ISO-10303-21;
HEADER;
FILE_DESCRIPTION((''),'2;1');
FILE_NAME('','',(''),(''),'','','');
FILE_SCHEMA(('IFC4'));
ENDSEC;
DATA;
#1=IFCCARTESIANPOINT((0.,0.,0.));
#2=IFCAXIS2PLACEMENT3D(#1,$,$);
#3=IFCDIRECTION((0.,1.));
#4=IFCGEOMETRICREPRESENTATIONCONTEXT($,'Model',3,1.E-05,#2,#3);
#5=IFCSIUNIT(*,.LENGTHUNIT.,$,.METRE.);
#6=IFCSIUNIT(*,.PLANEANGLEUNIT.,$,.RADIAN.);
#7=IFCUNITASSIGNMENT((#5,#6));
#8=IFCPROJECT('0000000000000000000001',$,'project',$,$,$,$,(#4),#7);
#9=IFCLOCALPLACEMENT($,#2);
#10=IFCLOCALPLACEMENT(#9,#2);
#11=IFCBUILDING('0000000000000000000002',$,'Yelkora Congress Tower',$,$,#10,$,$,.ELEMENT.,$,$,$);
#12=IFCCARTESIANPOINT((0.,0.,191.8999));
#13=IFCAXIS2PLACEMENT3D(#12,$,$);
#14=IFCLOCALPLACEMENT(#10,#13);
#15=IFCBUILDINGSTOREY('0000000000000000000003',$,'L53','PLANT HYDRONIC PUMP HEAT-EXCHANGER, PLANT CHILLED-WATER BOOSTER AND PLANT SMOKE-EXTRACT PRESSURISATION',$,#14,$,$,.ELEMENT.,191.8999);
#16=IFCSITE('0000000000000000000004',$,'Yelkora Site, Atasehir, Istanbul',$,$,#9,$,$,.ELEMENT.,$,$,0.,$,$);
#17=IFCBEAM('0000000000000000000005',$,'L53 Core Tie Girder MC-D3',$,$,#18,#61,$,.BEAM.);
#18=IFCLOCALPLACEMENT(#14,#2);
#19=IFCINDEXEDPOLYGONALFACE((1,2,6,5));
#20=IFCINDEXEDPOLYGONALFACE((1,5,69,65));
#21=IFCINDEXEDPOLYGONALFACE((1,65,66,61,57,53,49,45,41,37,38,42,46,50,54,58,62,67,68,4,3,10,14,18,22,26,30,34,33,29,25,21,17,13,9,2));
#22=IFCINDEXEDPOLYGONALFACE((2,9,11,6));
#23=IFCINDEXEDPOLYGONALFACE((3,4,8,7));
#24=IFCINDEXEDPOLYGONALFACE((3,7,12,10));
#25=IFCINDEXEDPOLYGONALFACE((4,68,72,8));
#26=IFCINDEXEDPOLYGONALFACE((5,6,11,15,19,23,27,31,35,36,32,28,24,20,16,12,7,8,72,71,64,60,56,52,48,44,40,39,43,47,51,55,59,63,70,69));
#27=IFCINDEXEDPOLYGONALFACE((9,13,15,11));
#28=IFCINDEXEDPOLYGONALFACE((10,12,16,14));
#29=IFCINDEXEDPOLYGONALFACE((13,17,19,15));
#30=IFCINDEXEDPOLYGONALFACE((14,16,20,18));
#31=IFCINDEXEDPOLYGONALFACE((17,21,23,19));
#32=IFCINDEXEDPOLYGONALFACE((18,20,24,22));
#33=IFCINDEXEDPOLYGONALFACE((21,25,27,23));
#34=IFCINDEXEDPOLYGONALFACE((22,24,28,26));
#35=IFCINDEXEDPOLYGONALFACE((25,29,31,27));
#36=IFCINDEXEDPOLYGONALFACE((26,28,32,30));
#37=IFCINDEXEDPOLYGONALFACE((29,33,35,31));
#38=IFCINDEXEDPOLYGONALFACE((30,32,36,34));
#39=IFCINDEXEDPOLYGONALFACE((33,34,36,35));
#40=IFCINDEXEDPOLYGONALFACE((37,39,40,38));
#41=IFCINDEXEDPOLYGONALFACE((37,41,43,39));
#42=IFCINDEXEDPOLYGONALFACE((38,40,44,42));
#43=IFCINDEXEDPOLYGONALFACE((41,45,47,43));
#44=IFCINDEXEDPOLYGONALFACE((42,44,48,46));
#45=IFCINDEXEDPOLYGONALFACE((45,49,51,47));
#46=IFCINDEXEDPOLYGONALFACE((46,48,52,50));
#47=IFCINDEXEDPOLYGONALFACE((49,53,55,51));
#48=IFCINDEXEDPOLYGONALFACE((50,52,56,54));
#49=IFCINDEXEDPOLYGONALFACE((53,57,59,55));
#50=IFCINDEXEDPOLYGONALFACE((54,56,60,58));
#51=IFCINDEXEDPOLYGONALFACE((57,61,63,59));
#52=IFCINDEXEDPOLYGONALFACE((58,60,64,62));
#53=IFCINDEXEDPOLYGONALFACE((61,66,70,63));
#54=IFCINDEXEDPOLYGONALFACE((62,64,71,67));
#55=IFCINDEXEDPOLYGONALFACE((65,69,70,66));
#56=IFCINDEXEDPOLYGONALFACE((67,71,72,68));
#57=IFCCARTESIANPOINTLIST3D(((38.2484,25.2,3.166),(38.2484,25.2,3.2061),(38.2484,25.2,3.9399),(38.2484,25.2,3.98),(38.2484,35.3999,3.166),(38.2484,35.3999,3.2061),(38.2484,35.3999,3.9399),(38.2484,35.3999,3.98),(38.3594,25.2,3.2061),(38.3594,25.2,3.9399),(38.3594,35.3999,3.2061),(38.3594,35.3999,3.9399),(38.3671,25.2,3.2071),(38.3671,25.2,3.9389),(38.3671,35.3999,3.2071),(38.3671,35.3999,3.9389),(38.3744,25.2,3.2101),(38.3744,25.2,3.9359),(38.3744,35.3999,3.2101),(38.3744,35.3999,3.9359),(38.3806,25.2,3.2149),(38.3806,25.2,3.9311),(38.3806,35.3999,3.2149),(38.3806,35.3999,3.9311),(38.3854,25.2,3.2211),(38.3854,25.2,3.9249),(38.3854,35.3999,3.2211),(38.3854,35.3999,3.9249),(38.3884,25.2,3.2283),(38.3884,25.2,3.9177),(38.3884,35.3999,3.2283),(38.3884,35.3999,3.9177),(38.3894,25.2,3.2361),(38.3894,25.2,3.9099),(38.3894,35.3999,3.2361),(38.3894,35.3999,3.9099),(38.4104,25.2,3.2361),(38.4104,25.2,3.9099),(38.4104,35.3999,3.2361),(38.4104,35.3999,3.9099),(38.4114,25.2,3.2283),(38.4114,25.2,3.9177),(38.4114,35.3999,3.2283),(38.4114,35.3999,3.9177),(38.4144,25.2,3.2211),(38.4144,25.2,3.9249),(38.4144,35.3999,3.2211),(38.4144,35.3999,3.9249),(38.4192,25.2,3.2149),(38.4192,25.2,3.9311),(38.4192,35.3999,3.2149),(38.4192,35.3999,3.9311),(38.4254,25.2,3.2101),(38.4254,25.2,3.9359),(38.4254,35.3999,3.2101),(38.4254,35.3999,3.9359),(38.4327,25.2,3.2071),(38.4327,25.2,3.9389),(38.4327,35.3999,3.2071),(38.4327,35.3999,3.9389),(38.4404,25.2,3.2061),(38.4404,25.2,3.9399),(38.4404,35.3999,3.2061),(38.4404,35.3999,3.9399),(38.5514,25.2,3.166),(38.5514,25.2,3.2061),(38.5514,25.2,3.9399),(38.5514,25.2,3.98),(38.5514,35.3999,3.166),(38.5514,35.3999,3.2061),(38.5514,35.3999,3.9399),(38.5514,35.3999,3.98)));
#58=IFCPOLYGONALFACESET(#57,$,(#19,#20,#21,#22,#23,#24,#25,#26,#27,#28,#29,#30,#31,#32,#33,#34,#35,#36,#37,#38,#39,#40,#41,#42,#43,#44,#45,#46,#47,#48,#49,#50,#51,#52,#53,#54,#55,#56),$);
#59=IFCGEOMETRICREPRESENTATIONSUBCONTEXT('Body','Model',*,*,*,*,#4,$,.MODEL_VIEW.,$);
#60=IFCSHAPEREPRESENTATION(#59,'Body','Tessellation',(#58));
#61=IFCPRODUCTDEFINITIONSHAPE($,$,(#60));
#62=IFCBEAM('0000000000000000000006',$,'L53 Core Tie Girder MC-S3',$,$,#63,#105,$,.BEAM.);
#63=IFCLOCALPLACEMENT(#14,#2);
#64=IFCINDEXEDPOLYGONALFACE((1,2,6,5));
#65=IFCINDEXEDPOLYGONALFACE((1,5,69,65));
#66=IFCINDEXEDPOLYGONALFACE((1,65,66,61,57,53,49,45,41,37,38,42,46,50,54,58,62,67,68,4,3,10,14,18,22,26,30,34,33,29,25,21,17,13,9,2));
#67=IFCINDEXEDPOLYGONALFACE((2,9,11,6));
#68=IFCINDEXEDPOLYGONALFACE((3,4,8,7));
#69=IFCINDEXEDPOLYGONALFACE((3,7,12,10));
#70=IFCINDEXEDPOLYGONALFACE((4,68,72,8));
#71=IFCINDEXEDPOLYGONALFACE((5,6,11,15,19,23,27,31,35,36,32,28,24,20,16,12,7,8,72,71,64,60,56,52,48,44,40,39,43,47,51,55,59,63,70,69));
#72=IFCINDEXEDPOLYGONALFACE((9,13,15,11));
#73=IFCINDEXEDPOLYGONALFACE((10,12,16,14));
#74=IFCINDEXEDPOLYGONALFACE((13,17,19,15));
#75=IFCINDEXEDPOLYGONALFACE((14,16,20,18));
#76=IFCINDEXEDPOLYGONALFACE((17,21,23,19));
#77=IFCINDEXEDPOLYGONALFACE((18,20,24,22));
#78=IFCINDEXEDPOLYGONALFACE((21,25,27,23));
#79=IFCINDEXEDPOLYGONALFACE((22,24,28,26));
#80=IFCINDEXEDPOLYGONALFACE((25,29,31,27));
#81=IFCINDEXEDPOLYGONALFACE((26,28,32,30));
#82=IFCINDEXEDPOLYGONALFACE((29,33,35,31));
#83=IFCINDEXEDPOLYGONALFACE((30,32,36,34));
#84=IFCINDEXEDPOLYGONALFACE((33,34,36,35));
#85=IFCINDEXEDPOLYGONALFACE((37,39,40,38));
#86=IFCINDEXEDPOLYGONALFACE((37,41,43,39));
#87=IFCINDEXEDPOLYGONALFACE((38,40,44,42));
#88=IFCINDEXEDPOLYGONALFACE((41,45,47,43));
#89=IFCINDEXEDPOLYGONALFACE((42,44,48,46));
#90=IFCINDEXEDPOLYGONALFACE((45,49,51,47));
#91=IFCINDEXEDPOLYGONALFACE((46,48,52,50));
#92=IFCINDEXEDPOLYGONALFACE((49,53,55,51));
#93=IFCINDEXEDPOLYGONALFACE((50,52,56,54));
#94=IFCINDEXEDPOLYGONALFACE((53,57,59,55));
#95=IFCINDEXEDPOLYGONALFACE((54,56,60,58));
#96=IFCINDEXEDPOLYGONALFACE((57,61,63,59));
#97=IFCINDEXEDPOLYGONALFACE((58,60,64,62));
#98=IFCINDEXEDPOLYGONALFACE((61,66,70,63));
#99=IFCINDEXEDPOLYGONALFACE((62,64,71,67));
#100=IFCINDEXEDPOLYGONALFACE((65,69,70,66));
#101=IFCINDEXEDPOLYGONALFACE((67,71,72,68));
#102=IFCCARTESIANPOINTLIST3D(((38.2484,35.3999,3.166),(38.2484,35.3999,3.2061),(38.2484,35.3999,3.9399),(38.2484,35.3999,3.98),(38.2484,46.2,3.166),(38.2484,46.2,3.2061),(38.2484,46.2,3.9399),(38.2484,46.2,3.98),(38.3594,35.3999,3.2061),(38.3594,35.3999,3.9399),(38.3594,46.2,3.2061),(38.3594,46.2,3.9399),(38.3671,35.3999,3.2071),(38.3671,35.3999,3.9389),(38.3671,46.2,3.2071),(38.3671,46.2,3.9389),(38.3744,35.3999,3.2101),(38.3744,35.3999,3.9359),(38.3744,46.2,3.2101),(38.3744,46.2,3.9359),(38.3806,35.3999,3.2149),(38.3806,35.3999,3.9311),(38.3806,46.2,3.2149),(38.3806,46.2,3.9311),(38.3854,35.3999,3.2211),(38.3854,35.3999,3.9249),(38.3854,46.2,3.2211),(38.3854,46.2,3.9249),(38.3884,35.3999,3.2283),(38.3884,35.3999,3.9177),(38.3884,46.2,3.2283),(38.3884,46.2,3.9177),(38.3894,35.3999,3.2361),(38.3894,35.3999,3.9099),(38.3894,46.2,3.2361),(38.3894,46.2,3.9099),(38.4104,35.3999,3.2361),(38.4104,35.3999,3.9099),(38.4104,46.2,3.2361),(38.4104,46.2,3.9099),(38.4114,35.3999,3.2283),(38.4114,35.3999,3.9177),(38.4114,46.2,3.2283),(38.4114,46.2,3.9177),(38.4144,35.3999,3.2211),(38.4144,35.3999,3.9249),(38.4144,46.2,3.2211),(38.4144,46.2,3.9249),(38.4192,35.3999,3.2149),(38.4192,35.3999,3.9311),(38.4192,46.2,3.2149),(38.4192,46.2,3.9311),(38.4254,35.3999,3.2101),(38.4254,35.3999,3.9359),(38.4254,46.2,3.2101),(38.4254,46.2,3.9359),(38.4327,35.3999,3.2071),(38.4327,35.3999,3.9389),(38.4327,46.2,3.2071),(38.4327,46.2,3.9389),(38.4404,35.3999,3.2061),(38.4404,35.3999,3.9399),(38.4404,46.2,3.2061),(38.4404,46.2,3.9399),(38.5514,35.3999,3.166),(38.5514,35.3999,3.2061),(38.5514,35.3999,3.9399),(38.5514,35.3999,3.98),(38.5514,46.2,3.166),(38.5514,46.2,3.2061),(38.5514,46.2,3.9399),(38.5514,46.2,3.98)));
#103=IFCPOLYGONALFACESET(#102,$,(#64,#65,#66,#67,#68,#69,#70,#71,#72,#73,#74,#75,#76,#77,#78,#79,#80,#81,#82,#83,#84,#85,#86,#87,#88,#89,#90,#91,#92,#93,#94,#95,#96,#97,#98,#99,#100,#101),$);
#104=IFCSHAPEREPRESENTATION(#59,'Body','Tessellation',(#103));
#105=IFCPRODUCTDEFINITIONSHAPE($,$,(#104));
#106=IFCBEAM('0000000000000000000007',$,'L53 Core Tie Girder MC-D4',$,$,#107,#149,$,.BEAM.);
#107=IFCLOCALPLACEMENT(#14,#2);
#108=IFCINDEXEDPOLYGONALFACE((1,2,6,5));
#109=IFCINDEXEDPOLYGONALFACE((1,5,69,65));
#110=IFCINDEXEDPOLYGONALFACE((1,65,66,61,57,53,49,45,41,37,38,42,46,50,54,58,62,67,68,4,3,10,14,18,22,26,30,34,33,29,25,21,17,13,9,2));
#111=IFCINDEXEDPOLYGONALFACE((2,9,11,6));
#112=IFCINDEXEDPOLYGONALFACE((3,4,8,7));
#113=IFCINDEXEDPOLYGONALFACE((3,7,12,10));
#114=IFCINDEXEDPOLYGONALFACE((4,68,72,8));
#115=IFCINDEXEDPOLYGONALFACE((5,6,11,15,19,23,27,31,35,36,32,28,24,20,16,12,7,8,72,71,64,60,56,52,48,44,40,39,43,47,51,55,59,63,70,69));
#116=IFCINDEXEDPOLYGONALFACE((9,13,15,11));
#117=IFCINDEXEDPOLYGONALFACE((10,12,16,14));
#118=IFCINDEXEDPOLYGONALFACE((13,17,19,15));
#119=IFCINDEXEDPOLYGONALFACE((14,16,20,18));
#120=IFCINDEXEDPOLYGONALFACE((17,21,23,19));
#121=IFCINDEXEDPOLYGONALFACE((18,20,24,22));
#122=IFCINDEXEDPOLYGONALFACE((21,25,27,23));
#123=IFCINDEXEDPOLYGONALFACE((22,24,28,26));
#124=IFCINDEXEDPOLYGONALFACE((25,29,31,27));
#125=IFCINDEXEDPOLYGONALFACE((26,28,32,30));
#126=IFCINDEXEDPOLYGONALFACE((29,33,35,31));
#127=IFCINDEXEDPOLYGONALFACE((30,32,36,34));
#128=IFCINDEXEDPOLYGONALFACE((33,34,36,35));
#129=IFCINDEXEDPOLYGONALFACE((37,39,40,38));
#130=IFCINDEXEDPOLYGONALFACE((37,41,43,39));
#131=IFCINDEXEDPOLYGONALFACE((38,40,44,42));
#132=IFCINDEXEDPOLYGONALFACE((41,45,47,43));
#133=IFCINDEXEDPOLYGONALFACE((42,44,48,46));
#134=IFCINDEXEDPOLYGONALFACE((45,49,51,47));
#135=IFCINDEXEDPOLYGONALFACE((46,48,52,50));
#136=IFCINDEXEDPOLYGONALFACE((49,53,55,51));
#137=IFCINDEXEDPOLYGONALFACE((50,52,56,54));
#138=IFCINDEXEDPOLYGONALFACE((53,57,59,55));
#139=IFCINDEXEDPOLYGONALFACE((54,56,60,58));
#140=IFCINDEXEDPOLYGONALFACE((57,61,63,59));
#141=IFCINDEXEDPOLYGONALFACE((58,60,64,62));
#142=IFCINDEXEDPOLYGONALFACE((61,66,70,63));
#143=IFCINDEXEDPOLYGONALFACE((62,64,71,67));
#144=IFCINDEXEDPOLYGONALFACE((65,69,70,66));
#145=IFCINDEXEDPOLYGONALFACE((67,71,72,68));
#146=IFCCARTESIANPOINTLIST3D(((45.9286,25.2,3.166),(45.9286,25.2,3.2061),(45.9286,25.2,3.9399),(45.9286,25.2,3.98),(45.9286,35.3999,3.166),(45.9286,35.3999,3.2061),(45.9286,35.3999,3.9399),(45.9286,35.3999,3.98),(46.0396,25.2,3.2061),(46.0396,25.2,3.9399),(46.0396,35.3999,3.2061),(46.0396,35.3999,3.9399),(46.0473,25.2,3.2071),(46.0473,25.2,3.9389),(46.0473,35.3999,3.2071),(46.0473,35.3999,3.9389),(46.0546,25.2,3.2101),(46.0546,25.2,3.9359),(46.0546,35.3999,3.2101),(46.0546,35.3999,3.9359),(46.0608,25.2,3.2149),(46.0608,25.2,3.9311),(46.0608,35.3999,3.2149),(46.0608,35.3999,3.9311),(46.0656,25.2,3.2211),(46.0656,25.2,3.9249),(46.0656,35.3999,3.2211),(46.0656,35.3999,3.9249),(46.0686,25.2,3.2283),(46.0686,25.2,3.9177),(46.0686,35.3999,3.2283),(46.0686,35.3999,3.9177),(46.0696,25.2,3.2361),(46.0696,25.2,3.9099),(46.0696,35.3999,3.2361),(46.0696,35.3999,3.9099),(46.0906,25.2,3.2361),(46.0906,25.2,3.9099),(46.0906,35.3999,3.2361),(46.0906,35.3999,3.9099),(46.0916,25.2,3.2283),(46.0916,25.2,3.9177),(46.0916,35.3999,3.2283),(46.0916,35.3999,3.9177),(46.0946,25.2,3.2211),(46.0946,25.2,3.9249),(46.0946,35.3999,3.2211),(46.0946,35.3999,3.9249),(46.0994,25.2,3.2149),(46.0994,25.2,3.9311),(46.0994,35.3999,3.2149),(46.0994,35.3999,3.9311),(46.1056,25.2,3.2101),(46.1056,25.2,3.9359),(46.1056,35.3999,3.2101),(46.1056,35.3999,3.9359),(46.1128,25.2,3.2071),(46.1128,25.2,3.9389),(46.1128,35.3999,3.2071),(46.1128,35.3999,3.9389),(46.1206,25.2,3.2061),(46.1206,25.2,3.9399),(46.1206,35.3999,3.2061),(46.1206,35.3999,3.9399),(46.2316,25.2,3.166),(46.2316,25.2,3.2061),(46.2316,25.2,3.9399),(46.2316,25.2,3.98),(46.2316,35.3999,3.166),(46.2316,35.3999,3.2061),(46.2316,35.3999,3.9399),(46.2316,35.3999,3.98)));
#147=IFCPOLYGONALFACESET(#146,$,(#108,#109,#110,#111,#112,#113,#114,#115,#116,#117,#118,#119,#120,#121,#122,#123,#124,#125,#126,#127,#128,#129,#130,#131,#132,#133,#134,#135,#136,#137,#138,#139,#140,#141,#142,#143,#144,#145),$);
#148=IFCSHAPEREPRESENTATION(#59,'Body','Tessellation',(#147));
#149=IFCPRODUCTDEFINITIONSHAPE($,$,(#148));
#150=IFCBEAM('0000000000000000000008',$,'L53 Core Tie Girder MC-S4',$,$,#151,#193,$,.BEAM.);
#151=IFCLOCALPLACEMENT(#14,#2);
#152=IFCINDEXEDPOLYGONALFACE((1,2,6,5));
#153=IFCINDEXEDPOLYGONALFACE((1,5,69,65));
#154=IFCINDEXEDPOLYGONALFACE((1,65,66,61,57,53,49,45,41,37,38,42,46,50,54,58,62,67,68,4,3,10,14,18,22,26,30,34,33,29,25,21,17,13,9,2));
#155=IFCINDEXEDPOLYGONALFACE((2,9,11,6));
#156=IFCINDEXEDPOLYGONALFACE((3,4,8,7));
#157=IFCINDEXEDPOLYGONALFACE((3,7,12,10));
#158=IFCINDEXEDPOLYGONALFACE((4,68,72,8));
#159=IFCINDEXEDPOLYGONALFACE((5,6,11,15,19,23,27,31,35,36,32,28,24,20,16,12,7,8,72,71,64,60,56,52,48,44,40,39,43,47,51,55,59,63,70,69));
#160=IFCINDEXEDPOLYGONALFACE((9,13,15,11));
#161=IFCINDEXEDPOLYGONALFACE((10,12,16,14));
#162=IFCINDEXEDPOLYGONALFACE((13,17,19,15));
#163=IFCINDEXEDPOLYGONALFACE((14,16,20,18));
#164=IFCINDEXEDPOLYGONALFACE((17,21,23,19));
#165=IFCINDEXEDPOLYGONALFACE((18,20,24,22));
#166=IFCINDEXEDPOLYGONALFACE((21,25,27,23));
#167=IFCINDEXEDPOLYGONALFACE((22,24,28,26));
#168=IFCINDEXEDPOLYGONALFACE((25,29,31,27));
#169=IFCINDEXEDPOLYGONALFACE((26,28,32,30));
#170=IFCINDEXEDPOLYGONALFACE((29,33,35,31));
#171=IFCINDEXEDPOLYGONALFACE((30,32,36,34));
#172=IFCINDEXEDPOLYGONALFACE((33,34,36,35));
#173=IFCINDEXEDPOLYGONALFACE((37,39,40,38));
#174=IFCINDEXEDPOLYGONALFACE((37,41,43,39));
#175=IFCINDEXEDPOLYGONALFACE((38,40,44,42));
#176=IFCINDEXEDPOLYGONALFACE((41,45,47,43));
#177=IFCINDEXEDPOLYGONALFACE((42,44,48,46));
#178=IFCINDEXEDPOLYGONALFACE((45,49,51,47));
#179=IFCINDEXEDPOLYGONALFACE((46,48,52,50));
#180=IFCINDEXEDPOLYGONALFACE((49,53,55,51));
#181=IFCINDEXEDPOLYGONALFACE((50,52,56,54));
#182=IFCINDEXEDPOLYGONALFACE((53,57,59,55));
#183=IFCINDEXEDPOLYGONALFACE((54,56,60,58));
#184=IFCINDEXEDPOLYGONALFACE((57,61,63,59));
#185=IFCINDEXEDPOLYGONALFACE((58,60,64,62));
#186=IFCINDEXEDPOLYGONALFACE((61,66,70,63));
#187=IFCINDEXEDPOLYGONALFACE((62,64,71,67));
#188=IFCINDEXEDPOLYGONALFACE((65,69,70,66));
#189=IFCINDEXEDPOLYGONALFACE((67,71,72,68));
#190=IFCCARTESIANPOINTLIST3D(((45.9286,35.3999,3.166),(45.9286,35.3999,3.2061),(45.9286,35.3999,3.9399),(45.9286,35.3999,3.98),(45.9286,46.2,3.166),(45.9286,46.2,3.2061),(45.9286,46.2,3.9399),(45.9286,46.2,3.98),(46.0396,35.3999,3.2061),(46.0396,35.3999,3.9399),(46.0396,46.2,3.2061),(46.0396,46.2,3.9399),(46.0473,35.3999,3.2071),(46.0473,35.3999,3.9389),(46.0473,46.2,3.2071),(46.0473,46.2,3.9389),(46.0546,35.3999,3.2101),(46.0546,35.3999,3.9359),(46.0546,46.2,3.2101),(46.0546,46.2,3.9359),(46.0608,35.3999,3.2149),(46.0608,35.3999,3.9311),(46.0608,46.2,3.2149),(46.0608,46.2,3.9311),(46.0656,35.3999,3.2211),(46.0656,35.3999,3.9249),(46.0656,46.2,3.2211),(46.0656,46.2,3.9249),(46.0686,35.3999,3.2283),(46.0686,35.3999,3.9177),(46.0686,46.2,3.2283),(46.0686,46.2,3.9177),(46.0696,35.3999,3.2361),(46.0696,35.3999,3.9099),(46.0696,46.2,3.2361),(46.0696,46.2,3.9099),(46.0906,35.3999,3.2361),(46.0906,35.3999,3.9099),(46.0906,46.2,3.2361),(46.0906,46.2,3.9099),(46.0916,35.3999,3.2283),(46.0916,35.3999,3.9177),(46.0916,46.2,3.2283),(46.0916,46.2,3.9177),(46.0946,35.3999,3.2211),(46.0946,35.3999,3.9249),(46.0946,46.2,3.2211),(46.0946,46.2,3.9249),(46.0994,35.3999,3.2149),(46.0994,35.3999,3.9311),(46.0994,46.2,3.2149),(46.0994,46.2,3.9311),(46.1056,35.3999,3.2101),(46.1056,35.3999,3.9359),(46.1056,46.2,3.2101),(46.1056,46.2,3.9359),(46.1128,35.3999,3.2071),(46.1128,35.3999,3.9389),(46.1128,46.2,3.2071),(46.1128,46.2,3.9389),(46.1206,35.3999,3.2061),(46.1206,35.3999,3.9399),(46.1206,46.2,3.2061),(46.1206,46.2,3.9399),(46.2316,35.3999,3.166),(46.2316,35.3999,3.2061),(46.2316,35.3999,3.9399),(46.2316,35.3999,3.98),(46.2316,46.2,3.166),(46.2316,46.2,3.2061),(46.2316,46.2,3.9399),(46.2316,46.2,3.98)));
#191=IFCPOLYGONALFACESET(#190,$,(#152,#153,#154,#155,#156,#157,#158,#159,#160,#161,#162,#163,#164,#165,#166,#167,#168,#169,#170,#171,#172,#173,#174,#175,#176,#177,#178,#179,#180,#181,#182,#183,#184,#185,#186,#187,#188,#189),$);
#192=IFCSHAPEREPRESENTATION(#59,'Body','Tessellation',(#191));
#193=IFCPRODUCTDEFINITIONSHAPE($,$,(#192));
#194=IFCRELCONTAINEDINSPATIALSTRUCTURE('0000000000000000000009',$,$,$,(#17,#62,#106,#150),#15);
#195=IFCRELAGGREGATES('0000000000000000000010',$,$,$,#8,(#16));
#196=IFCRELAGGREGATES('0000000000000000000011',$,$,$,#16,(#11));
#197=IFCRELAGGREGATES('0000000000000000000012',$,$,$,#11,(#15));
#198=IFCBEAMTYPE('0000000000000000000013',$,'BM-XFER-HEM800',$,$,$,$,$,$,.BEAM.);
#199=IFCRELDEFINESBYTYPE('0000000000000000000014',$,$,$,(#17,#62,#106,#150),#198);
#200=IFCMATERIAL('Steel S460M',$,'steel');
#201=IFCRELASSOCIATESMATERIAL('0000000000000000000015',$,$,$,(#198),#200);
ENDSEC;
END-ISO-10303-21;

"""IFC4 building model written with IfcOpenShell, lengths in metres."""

from ifc_helpers import new_model, si_unit, direction, frame, origin, origin_2d, place, context, subcontext, project, spatial, i_section, extrude, material, material_profile, profile_set, type_object, element, save


model = new_model("IFC4")

# Units and contexts
model_context = context("Model", 3, precision=1e-05, world=origin(), true_north=direction((0.0, 1.0)))
body_context = subcontext(model_context, "Body", "Model", "MODEL_VIEW")
ifc_project = project(units=[si_unit("LENGTHUNIT", "METRE"), si_unit("PLANEANGLEUNIT", "RADIAN")], contexts=[model_context])

# Site, building, storey
site_placement = place(None, origin())
site = spatial("IfcSite", under=ifc_project, at=site_placement, Name="Yelkora Site, Atasehir, Istanbul", CompositionType="ELEMENT", RefElevation=0.0)
building_placement = place(site_placement, origin())
building = spatial("IfcBuilding", under=site, at=building_placement, Name="Yelkora Congress Tower", CompositionType="ELEMENT")
storey_placement = place(building_placement, frame((0.0, 0.0, 191.8999)))
storey = spatial("IfcBuildingStorey", under=building, at=storey_placement, Name="L53", Description="PLANT HYDRONIC PUMP HEAT-EXCHANGER, PLANT CHILLED-WATER BOOSTER AND PLANT SMOKE-EXTRACT PRESSURISATION", CompositionType="ELEMENT", Elevation=191.8999)

# Shared definitions
ifc_material_1 = material(Name="Steel S460M", Category="steel")

# Beams
ifc_material_profile_1 = material_profile(ifc_material_1, i_section(OverallWidth=0.303, OverallDepth=0.814, WebThickness=0.021, FlangeThickness=0.04, FilletRadius=0.03, at=origin_2d()), Name="HEM 800")
ifc_profile_set_1 = profile_set([ifc_material_profile_1], Name="Steel S460M")
beam_type = type_object("IfcBeamType", Name="BM-XFER-HEM800", PredefinedType="BEAM", material=ifc_profile_set_1)
beam_1_placement = place(storey_placement, frame((38.3999, 25.2, 3.573), z_axis=(0.0, 1.0, 0.0), x_axis=(-1.0, 0.0, 0.0)))
element("IfcBeam", 1, at=beam_1_placement, inside=storey, type_object=beam_type, Name="L53 Core Tie Girder MC-D3", PredefinedType="BEAM", context=body_context, shape_type="SweptSolid", body=[
    extrude(i_section(OverallWidth=0.303, OverallDepth=0.814, WebThickness=0.021, FlangeThickness=0.04, FilletRadius=0.03, at=origin_2d()), origin(), (0.0, 0.0, 1.0), 10.2),
])
beam_2_placement = place(storey_placement, frame((38.3999, 35.3999, 3.573), z_axis=(0.0, 1.0, 0.0), x_axis=(-1.0, 0.0, 0.0)))
element("IfcBeam", 2, at=beam_2_placement, inside=storey, type_object=beam_type, Name="L53 Core Tie Girder MC-S3", PredefinedType="BEAM", context=body_context, shape_type="SweptSolid", body=[
    extrude(i_section(OverallWidth=0.303, OverallDepth=0.814, WebThickness=0.021, FlangeThickness=0.04, FilletRadius=0.03, at=origin_2d()), origin(), (0.0, 0.0, 1.0), 10.8),
])
beam_3_placement = place(storey_placement, frame((46.0801, 25.2, 3.573), z_axis=(0.0, 1.0, 0.0), x_axis=(-1.0, 0.0, 0.0)))
element("IfcBeam", 3, at=beam_3_placement, inside=storey, type_object=beam_type, Name="L53 Core Tie Girder MC-D4", PredefinedType="BEAM", context=body_context, shape_type="SweptSolid", body=[
    extrude(i_section(OverallWidth=0.303, OverallDepth=0.814, WebThickness=0.021, FlangeThickness=0.04, FilletRadius=0.03, at=origin_2d()), origin(), (0.0, 0.0, 1.0), 10.2),
])
beam_4_placement = place(storey_placement, frame((46.0801, 35.3999, 3.573), z_axis=(0.0, 1.0, 0.0), x_axis=(-1.0, 0.0, 0.0)))
element("IfcBeam", 4, at=beam_4_placement, inside=storey, type_object=beam_type, Name="L53 Core Tie Girder MC-S4", PredefinedType="BEAM", context=body_context, shape_type="SweptSolid", body=[
    extrude(i_section(OverallWidth=0.303, OverallDepth=0.814, WebThickness=0.021, FlangeThickness=0.04, FilletRadius=0.03, at=origin_2d()), origin(), (0.0, 0.0, 1.0), 10.8),
])

save(model, "model.ifc")
